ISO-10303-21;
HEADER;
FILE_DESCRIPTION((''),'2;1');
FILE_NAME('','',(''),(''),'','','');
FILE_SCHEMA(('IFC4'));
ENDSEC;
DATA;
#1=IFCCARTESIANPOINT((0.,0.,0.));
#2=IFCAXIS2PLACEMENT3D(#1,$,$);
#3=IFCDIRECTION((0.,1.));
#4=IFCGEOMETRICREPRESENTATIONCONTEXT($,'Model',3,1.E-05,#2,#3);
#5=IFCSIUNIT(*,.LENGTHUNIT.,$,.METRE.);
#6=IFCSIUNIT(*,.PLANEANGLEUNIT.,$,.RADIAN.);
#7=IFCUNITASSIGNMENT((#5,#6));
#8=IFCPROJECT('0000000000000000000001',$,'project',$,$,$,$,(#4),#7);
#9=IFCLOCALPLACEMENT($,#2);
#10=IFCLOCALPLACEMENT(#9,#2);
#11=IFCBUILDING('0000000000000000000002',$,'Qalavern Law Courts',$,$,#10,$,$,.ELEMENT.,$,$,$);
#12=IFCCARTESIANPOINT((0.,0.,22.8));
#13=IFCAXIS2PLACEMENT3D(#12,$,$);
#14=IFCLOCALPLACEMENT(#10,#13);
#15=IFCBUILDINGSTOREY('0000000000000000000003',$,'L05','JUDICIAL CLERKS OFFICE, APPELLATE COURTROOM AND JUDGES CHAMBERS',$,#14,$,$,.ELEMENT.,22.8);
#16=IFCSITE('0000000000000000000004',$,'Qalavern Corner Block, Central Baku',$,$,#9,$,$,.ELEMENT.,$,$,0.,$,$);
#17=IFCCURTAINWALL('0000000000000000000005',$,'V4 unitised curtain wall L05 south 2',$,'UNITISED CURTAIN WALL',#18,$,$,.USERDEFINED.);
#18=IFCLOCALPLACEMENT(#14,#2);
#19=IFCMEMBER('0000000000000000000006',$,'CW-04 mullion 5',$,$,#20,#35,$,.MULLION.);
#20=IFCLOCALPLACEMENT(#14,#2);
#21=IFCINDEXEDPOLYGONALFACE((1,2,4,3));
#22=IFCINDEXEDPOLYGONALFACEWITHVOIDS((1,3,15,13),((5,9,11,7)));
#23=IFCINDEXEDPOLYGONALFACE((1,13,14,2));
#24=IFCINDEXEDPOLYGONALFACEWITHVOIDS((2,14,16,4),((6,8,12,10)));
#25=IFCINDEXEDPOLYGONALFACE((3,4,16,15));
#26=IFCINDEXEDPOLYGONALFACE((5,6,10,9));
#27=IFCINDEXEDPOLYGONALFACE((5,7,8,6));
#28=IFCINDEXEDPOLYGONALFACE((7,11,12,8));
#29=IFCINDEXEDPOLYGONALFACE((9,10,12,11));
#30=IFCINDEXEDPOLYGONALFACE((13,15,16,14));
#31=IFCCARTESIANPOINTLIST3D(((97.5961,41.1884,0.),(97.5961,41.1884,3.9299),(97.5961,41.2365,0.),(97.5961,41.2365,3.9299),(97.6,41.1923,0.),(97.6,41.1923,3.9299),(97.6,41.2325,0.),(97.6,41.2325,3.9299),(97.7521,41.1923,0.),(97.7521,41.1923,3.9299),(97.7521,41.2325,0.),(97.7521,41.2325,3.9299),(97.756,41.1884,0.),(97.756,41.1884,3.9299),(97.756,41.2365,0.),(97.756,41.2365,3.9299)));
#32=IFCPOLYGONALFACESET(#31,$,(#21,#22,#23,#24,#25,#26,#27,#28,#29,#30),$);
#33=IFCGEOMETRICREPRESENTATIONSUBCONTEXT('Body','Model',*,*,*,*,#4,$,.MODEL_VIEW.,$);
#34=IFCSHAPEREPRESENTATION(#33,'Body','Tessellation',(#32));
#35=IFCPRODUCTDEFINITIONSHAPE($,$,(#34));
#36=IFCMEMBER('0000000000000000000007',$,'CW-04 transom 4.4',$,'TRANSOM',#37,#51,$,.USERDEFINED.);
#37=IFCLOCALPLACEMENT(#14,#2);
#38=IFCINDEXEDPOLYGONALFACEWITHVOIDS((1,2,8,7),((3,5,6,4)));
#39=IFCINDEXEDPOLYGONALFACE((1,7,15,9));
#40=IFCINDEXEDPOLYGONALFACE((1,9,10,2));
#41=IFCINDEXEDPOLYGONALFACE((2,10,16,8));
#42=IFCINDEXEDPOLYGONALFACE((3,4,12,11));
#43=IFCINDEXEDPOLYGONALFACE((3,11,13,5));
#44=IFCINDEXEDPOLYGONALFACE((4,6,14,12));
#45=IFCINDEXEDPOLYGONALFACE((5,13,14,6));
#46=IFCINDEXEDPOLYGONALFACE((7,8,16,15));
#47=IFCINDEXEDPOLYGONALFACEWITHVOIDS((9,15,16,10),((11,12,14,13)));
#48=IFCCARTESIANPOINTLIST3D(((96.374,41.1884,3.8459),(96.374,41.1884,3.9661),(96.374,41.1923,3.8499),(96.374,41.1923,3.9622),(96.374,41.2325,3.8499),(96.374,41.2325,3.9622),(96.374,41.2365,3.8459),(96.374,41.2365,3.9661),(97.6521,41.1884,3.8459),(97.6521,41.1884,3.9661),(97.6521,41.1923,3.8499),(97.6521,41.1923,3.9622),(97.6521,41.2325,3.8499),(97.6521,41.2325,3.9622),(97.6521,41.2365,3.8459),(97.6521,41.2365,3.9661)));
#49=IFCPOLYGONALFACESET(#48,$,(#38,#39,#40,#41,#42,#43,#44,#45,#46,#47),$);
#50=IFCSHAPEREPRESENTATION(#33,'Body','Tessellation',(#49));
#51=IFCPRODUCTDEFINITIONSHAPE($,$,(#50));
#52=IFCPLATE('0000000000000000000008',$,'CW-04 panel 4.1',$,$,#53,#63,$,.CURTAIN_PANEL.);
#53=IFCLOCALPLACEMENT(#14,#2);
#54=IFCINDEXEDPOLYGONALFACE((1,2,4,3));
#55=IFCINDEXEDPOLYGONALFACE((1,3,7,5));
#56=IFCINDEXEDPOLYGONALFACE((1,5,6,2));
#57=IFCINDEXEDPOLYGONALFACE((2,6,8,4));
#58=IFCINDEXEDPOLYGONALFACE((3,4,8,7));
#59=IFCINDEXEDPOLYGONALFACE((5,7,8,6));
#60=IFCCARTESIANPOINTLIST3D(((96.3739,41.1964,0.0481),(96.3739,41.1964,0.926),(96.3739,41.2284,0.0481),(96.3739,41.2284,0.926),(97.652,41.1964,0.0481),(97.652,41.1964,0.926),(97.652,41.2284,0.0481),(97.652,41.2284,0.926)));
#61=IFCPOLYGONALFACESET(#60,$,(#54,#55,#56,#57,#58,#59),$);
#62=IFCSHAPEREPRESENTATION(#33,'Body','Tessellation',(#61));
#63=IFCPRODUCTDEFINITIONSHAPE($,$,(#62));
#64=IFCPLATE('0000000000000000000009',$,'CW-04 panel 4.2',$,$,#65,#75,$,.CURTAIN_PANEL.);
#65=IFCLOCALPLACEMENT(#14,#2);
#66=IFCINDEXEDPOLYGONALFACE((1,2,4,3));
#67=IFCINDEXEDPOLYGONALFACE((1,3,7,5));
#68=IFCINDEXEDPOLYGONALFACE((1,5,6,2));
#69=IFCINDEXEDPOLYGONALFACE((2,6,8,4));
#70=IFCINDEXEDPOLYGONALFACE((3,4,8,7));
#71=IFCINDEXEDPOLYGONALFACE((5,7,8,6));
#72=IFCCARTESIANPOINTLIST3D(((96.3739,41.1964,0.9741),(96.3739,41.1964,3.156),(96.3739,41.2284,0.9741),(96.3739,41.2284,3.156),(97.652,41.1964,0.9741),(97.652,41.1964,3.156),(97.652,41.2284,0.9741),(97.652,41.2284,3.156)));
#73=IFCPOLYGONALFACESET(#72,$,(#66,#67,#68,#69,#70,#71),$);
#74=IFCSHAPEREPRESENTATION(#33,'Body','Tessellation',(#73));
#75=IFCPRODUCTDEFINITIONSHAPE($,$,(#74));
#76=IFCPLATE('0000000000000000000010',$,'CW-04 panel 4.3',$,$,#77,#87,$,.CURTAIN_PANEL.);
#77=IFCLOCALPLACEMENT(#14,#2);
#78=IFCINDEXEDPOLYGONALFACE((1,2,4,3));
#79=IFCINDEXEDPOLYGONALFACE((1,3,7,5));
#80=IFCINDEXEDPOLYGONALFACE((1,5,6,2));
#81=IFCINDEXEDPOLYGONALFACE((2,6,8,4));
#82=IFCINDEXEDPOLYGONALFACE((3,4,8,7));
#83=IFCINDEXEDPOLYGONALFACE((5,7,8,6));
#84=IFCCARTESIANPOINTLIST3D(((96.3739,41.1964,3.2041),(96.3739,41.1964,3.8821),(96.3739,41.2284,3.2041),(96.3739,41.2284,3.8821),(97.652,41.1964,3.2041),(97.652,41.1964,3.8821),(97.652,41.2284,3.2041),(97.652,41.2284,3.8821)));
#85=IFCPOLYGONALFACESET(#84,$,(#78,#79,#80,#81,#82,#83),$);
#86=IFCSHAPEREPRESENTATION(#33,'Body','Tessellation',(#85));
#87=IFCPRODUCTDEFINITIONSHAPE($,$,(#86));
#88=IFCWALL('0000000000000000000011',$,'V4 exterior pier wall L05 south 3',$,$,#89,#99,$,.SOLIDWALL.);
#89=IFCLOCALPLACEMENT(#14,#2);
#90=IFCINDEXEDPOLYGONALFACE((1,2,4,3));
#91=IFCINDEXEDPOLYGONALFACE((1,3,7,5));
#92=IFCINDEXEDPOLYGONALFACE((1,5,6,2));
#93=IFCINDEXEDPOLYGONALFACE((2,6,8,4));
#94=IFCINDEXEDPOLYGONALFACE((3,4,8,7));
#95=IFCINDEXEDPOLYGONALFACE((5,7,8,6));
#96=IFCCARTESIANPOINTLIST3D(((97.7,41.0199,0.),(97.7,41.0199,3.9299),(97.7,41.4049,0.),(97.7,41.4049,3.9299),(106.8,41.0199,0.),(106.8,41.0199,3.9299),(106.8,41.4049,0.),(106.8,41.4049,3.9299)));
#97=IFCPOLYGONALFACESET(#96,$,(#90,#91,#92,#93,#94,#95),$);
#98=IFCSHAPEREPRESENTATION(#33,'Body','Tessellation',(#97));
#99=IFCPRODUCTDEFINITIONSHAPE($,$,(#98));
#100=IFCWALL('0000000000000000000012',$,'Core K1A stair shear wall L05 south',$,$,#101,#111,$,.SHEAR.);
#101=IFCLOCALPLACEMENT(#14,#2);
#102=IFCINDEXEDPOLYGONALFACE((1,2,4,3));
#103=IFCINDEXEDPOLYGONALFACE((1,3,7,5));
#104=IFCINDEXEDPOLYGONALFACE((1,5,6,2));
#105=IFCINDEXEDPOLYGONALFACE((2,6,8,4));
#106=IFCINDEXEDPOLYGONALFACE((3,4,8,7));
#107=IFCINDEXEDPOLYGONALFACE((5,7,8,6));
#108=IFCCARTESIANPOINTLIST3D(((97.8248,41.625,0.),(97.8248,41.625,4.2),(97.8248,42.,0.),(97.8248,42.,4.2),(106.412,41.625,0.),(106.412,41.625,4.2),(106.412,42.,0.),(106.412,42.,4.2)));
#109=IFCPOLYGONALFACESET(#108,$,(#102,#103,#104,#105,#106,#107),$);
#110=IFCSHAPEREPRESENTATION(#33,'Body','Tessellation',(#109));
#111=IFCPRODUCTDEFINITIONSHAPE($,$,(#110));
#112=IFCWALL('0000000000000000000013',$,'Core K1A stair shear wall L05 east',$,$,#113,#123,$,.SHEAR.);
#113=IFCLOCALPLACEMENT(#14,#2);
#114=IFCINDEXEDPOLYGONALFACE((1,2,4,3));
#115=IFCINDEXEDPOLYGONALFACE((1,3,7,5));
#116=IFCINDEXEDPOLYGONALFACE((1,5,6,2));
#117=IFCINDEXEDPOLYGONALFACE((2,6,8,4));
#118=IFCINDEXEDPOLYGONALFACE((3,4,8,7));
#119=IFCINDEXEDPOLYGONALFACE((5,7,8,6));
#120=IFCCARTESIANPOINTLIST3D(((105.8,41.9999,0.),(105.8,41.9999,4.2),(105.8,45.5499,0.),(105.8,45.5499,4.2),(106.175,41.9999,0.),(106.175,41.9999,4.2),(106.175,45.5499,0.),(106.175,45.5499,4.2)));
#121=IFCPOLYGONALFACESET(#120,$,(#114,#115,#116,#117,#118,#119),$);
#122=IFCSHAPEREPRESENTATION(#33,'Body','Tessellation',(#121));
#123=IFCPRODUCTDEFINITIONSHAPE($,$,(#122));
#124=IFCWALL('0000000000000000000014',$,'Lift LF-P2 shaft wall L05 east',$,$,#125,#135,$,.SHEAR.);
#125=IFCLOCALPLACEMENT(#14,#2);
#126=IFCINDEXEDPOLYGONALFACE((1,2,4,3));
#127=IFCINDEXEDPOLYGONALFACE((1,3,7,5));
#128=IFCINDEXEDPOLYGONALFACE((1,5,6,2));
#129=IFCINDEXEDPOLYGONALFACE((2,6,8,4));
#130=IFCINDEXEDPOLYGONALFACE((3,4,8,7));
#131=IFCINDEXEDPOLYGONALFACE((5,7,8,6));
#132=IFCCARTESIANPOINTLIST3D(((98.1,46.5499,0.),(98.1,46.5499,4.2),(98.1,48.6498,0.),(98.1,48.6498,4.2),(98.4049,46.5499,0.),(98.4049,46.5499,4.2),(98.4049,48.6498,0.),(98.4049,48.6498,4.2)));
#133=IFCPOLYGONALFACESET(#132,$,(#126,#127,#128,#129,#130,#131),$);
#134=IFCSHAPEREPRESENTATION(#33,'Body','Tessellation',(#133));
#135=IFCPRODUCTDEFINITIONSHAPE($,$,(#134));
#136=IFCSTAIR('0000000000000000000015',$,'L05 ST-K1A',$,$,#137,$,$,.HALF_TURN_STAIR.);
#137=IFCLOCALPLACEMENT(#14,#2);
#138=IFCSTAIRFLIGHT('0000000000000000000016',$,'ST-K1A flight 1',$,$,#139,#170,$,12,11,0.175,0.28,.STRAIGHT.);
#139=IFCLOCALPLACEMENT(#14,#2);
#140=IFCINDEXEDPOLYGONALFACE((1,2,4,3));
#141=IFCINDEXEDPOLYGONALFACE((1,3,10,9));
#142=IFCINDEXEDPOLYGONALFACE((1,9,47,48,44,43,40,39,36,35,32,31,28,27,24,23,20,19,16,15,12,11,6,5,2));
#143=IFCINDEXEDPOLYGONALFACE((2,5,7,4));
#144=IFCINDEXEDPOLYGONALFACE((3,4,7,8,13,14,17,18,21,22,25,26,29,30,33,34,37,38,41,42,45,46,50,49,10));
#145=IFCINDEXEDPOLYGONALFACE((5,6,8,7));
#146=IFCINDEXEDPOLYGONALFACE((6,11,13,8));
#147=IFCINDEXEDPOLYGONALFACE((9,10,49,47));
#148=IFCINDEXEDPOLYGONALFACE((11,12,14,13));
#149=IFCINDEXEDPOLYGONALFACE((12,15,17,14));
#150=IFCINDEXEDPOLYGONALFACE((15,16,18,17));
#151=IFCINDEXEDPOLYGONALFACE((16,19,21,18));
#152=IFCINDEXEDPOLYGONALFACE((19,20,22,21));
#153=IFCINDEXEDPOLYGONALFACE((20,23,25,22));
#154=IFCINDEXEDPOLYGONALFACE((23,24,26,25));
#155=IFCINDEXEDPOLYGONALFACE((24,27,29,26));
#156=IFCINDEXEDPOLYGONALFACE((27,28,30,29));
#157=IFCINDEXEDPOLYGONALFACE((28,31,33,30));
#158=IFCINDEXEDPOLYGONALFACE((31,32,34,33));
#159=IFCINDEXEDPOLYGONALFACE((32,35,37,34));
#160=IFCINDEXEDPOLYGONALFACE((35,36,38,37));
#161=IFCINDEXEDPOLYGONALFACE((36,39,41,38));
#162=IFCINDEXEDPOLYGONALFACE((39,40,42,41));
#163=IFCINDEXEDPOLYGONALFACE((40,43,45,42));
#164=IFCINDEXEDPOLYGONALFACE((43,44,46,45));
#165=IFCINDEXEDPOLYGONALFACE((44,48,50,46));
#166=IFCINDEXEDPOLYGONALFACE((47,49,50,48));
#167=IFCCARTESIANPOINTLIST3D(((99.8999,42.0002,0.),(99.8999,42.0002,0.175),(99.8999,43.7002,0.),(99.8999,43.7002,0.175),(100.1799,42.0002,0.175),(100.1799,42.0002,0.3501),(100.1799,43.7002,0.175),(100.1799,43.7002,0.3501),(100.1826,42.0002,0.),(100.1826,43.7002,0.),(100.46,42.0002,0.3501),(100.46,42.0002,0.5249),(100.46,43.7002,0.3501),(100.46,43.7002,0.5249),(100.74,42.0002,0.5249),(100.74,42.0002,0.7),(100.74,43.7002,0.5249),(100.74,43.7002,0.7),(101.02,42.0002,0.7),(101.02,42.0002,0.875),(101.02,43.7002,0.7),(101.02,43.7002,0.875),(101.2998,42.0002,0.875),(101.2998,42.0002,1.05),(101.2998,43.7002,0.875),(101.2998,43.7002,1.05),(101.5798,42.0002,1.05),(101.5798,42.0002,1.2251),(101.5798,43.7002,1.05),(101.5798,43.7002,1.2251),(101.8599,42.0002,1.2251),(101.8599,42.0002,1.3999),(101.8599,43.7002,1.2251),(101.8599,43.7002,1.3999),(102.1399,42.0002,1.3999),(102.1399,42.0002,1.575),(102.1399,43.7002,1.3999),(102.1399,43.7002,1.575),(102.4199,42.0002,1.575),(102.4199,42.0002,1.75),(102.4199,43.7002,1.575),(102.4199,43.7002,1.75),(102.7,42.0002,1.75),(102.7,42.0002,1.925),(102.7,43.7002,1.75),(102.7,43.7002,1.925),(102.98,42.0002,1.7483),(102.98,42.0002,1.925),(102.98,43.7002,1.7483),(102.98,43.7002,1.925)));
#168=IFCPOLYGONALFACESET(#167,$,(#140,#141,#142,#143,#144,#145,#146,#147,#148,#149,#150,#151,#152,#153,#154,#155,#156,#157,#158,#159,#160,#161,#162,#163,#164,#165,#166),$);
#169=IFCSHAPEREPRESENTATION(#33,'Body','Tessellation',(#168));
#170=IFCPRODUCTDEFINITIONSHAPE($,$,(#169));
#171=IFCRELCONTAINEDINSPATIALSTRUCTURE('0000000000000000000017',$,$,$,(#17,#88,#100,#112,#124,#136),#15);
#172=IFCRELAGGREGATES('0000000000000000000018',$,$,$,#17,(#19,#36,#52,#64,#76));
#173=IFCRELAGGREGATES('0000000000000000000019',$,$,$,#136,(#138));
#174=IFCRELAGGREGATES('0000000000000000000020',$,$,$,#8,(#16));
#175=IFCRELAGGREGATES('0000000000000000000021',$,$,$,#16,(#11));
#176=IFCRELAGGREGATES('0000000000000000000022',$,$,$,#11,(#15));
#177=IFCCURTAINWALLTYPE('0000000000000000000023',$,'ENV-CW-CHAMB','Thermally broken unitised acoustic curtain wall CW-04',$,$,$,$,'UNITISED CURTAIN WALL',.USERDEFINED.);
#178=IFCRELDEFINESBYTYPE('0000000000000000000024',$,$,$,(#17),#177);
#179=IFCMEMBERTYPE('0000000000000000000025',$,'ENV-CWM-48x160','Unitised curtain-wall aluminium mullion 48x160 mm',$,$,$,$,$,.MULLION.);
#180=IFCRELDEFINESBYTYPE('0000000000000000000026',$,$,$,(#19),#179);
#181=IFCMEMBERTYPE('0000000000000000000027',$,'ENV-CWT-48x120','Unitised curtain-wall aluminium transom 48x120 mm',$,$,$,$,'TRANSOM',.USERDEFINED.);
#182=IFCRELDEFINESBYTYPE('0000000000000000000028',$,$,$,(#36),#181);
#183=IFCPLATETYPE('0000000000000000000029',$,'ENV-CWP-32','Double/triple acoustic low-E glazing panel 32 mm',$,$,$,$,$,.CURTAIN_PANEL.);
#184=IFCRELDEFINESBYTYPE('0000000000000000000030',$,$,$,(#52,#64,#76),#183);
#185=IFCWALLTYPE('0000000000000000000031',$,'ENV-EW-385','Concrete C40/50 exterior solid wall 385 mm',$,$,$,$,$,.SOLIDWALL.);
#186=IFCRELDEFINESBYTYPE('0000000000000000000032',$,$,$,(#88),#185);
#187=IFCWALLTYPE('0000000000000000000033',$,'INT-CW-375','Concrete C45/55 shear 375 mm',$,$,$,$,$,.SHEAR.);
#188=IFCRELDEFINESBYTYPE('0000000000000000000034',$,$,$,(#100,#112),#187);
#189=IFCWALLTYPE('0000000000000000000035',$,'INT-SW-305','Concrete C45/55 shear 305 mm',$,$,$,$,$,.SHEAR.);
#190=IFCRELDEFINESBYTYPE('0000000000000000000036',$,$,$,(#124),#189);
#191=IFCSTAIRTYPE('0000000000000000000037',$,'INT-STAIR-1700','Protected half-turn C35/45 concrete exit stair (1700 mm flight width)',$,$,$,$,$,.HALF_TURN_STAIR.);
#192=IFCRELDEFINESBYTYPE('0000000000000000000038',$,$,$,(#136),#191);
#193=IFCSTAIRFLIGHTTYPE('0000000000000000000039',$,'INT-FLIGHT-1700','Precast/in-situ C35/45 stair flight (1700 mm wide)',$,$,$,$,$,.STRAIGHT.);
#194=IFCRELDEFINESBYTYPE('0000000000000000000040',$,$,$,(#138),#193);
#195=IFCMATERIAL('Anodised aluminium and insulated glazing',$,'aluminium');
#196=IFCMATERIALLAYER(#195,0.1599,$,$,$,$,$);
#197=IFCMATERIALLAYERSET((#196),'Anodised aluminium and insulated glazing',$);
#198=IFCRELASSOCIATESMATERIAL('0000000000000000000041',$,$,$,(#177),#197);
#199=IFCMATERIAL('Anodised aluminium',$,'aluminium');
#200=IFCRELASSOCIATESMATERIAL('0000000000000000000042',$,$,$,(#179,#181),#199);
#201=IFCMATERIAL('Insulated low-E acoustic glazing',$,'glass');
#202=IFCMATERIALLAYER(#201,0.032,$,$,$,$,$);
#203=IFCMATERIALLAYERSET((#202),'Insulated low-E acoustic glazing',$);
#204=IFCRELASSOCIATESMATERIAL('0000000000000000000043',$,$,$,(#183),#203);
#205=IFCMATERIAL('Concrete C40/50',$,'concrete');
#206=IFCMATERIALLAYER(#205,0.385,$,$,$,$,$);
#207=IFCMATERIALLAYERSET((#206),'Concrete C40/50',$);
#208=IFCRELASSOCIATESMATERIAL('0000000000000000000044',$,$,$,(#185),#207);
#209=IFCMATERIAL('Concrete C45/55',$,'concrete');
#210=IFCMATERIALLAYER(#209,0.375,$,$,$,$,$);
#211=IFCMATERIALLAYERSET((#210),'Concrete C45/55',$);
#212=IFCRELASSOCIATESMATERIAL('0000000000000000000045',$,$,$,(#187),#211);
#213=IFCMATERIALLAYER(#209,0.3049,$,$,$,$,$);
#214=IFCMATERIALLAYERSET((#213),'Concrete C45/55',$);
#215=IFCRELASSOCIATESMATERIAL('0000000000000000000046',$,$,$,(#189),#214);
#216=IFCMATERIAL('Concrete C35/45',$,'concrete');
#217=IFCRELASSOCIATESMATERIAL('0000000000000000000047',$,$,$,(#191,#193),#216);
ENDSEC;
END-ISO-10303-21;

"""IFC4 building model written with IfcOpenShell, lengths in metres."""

from ifc_helpers import new_model, si_unit, direction, frame, frame_2d, origin, origin_2d, place, context, subcontext, project, spatial, polyline, rectangle, hollow_rectangle, outline, extrude, material, layer, layer_set, material_profile, profile_set, type_object, element, aggregate, save


model = new_model("IFC4")

# Units and contexts
model_context = context("Model", 3, precision=1e-05, world=origin(), true_north=direction((0.0, 1.0)))
body_context = subcontext(model_context, "Body", "Model", "MODEL_VIEW")
ifc_project = project(units=[si_unit("LENGTHUNIT", "METRE"), si_unit("PLANEANGLEUNIT", "RADIAN")], contexts=[model_context])

# Site, building, storey
site_placement = place(None, origin())
site = spatial("IfcSite", under=ifc_project, at=site_placement, Name="Qalavern Corner Block, Central Baku", CompositionType="ELEMENT", RefElevation=0.0)
building_placement = place(site_placement, origin())
building = spatial("IfcBuilding", under=site, at=building_placement, Name="Qalavern Law Courts", CompositionType="ELEMENT")
storey_placement = place(building_placement, frame((0.0, 0.0, 22.8)))
storey = spatial("IfcBuildingStorey", under=building, at=storey_placement, Name="L05", Description="JUDICIAL CLERKS OFFICE, APPELLATE COURTROOM AND JUDGES CHAMBERS", CompositionType="ELEMENT", Elevation=22.8)

# Curtain wall, members, plates
ifc_material_1 = material(Name="Anodised aluminium and insulated glazing", Category="aluminium")
ifc_layer_1 = layer(ifc_material_1, 0.1599)
ifc_layer_set_1 = layer_set([ifc_layer_1], Name="Anodised aluminium and insulated glazing")
curtain_wall_type = type_object("IfcCurtainWallType", Name="ENV-CW-CHAMB", Description="Thermally broken unitised acoustic curtain wall CW-04", ElementType="UNITISED CURTAIN WALL", PredefinedType="USERDEFINED", material=ifc_layer_set_1)
curtain_wall_placement = place(storey_placement, origin())
curtain_wall = element("IfcCurtainWall", 1, at=curtain_wall_placement, inside=storey, type_object=curtain_wall_type, Name="V4 unitised curtain wall L05 south 2", ObjectType="UNITISED CURTAIN WALL", PredefinedType="USERDEFINED")
ifc_material_2 = material(Name="Anodised aluminium", Category="aluminium")
ifc_material_profile_1 = material_profile(ifc_material_2, hollow_rectangle(XDim=0.0481, YDim=0.1599, WallThickness=0.0039, at=origin_2d()), Name="ALU MULLION 48x160")
ifc_profile_set_1 = profile_set([ifc_material_profile_1], Name="Anodised aluminium")
member_type_1 = type_object("IfcMemberType", Name="ENV-CWM-48x160", Description="Unitised curtain-wall aluminium mullion 48x160 mm", PredefinedType="MULLION", material=ifc_profile_set_1)
member_1_placement = place(storey_placement, frame((97.676, 41.2124, 0.0), z_axis=(0.0, 0.0, 1.0), x_axis=(0.0, 1.0, 0.0)))
member_1 = element("IfcMember", 2, at=member_1_placement, type_object=member_type_1, Name="CW-04 mullion 5", PredefinedType="MULLION", context=body_context, shape_type="SweptSolid", body=[
    extrude(hollow_rectangle(XDim=0.0481, YDim=0.1599, WallThickness=0.0039, at=origin_2d()), origin(), (0.0, 0.0, 1.0), 3.9299),
])
ifc_material_profile_2 = material_profile(ifc_material_2, hollow_rectangle(XDim=0.0481, YDim=0.1201, WallThickness=0.0039, at=origin_2d()), Name="ALU TRANSOM 48x120")
ifc_profile_set_2 = profile_set([ifc_material_profile_2], Name="Anodised aluminium")
member_type_2 = type_object("IfcMemberType", Name="ENV-CWT-48x120", Description="Unitised curtain-wall aluminium transom 48x120 mm", ElementType="TRANSOM", PredefinedType="USERDEFINED", material=ifc_profile_set_2)
member_2_placement = place(storey_placement, frame((96.374, 41.2124, 3.906), z_axis=(1.0, 0.0, 0.0), x_axis=(0.0, 1.0, 0.0)))
member_2 = element("IfcMember", 3, at=member_2_placement, type_object=member_type_2, Name="CW-04 transom 4.4", ObjectType="TRANSOM", PredefinedType="USERDEFINED", context=body_context, shape_type="SweptSolid", body=[
    extrude(hollow_rectangle(XDim=0.0481, YDim=0.1201, WallThickness=0.0039, at=origin_2d()), origin(), (0.0, 0.0, 1.0), 1.2781),
])
ifc_material_3 = material(Name="Insulated low-E acoustic glazing", Category="glass")
ifc_layer_2 = layer(ifc_material_3, 0.032)
ifc_layer_set_2 = layer_set([ifc_layer_2], Name="Insulated low-E acoustic glazing")
plate_type = type_object("IfcPlateType", Name="ENV-CWP-32", Description="Double/triple acoustic low-E glazing panel 32 mm", PredefinedType="CURTAIN_PANEL", material=ifc_layer_set_2)
plate_1_placement = place(storey_placement, frame((97.0129, 41.2124, 0.0481), z_axis=(0.0, 0.0, 1.0), x_axis=(1.0, 0.0, 0.0)))
plate_1 = element("IfcPlate", 4, at=plate_1_placement, type_object=plate_type, Name="CW-04 panel 4.1", PredefinedType="CURTAIN_PANEL", context=body_context, shape_type="SweptSolid", body=[
    extrude(rectangle(XDim=1.2781, YDim=0.032, at=origin_2d()), origin(), (0.0, 0.0, 1.0), 0.8779),
])
plate_2_placement = place(storey_placement, frame((97.0129, 41.2124, 0.9741), z_axis=(0.0, 0.0, 1.0), x_axis=(1.0, 0.0, 0.0)))
plate_2 = element("IfcPlate", 5, at=plate_2_placement, type_object=plate_type, Name="CW-04 panel 4.2", PredefinedType="CURTAIN_PANEL", context=body_context, shape_type="SweptSolid", body=[
    extrude(rectangle(XDim=1.2781, YDim=0.032, at=origin_2d()), origin(), (0.0, 0.0, 1.0), 2.1819),
])
plate_3_placement = place(storey_placement, frame((97.0129, 41.2124, 3.2041), z_axis=(0.0, 0.0, 1.0), x_axis=(1.0, 0.0, 0.0)))
plate_3 = element("IfcPlate", 6, at=plate_3_placement, type_object=plate_type, Name="CW-04 panel 4.3", PredefinedType="CURTAIN_PANEL", context=body_context, shape_type="SweptSolid", body=[
    extrude(rectangle(XDim=1.2781, YDim=0.032, at=origin_2d()), origin(), (0.0, 0.0, 1.0), 0.678),
])
aggregate(curtain_wall, [member_1, member_2, plate_1, plate_2, plate_3])

# Walls
ifc_material_4 = material(Name="Concrete C40/50", Category="concrete")
ifc_layer_3 = layer(ifc_material_4, 0.385)
ifc_layer_set_3 = layer_set([ifc_layer_3], Name="Concrete C40/50")
wall_type_1 = type_object("IfcWallType", Name="ENV-EW-385", Description="Concrete C40/50 exterior solid wall 385 mm", PredefinedType="SOLIDWALL", material=ifc_layer_set_3)
wall_1_placement = place(storey_placement, frame((97.7, 41.2124, 0.0), z_axis=(0.0, 0.0, 1.0), x_axis=(1.0, 0.0, 0.0)))
element("IfcWall", 7, at=wall_1_placement, inside=storey, type_object=wall_type_1, Name="V4 exterior pier wall L05 south 3", PredefinedType="SOLIDWALL", context=body_context, shape_type="SweptSolid", body=[
    extrude(rectangle(XDim=9.1001, YDim=0.385, at=frame_2d((4.55, 0.0))), origin(), (0.0, 0.0, 1.0), 3.9299),
])
ifc_material_5 = material(Name="Concrete C45/55", Category="concrete")
ifc_layer_4 = layer(ifc_material_5, 0.375)
ifc_layer_set_4 = layer_set([ifc_layer_4], Name="Concrete C45/55")
wall_type_2 = type_object("IfcWallType", Name="INT-CW-375", Description="Concrete C45/55 shear 375 mm", PredefinedType="SHEAR", material=ifc_layer_set_4)
wall_2_placement = place(storey_placement, frame((97.825, 41.8125, 0.0), z_axis=(0.0, 0.0, 1.0), x_axis=(1.0, 0.0, 0.0)))
element("IfcWall", 8, at=wall_2_placement, inside=storey, type_object=wall_type_2, Name="Core K1A stair shear wall L05 south", PredefinedType="SHEAR", context=body_context, shape_type="SweptSolid", body=[
    extrude(rectangle(XDim=8.5872, YDim=0.375, at=frame_2d((4.2935, 0.0))), origin(), (0.0, 0.0, 1.0), 4.2),
])
wall_3_placement = place(storey_placement, frame((105.9875, 42.0, 0.0), z_axis=(0.0, 0.0, 1.0), x_axis=(0.0, 1.0, 0.0)))
element("IfcWall", 9, at=wall_3_placement, inside=storey, type_object=wall_type_2, Name="Core K1A stair shear wall L05 east", PredefinedType="SHEAR", context=body_context, shape_type="SweptSolid", body=[
    extrude(rectangle(XDim=3.55, YDim=0.375, at=frame_2d((1.7749, 0.0))), origin(), (0.0, 0.0, 1.0), 4.2),
])

# Wall
ifc_layer_5 = layer(ifc_material_5, 0.3049)
ifc_layer_set_5 = layer_set([ifc_layer_5], Name="Concrete C45/55")
wall_type_3 = type_object("IfcWallType", Name="INT-SW-305", Description="Concrete C45/55 shear 305 mm", PredefinedType="SHEAR", material=ifc_layer_set_5)
wall_4_placement = place(storey_placement, frame((98.2524, 46.55, 0.0), z_axis=(0.0, 0.0, 1.0), x_axis=(0.0, 1.0, 0.0)))
element("IfcWall", 10, at=wall_4_placement, inside=storey, type_object=wall_type_3, Name="Lift LF-P2 shaft wall L05 east", PredefinedType="SHEAR", context=body_context, shape_type="SweptSolid", body=[
    extrude(rectangle(XDim=2.0999, YDim=0.3049, at=frame_2d((1.0498, 0.0))), origin(), (0.0, 0.0, 1.0), 4.2),
])

# Stair, stair flight
ifc_material_6 = material(Name="Concrete C35/45", Category="concrete")
stair_type = type_object("IfcStairType", Name="INT-STAIR-1700", Description="Protected half-turn C35/45 concrete exit stair (1700 mm flight width)", PredefinedType="HALF_TURN_STAIR", material=ifc_material_6)
stair_placement = place(storey_placement, origin())
stair = element("IfcStair", 11, at=stair_placement, inside=storey, type_object=stair_type, Name="L05 ST-K1A", PredefinedType="HALF_TURN_STAIR")
stair_flight_type = type_object("IfcStairFlightType", Name="INT-FLIGHT-1700", Description="Precast/in-situ C35/45 stair flight (1700 mm wide)", PredefinedType="STRAIGHT", material=ifc_material_6)
stair_flight_1_placement = place(storey_placement, frame((99.8999, 42.8501, 0.0), z_axis=(0.0, 0.0, 1.0), x_axis=(1.0, 0.0, 0.0)))
stair_flight_1 = element("IfcStairFlight", 12, at=stair_flight_1_placement, type_object=stair_flight_type, Name="ST-K1A flight 1", NumberOfRisers=12, NumberOfTreads=11, PredefinedType="STRAIGHT", RiserHeight=0.175, TreadLength=0.28, context=body_context, shape_type="SweptSolid", body=[
    extrude(outline(polyline([(0.0, 0.0), (0.0, 0.175), (0.28, 0.175), (0.28, 0.3501), (0.5601, 0.3501), (0.5601, 0.5249), (0.8401, 0.5249), (0.8401, 0.7), (1.1201, 0.7), (1.1201, 0.875), (1.3999, 0.875), (1.3999, 1.05), (1.6799, 1.05), (1.6799, 1.2251), (1.96, 1.2251), (1.96, 1.3999), (2.24, 1.3999), (2.24, 1.575), (2.52, 1.575), (2.52, 1.75), (2.8, 1.75), (2.8, 1.925), (3.0801, 1.925), (3.0801, 2.1001), (3.0801, 1.7483), (0.2827, 0.0), (0.0, 0.0)])), frame((0.0, 0.8501, 0.0), z_axis=(0.0, -1.0, 0.0), x_axis=(1.0, 0.0, 0.0)), (0.0, 0.0, 1.0), 1.7),
])
aggregate(stair, [stair_flight_1])

save(model, "model.ifc")
